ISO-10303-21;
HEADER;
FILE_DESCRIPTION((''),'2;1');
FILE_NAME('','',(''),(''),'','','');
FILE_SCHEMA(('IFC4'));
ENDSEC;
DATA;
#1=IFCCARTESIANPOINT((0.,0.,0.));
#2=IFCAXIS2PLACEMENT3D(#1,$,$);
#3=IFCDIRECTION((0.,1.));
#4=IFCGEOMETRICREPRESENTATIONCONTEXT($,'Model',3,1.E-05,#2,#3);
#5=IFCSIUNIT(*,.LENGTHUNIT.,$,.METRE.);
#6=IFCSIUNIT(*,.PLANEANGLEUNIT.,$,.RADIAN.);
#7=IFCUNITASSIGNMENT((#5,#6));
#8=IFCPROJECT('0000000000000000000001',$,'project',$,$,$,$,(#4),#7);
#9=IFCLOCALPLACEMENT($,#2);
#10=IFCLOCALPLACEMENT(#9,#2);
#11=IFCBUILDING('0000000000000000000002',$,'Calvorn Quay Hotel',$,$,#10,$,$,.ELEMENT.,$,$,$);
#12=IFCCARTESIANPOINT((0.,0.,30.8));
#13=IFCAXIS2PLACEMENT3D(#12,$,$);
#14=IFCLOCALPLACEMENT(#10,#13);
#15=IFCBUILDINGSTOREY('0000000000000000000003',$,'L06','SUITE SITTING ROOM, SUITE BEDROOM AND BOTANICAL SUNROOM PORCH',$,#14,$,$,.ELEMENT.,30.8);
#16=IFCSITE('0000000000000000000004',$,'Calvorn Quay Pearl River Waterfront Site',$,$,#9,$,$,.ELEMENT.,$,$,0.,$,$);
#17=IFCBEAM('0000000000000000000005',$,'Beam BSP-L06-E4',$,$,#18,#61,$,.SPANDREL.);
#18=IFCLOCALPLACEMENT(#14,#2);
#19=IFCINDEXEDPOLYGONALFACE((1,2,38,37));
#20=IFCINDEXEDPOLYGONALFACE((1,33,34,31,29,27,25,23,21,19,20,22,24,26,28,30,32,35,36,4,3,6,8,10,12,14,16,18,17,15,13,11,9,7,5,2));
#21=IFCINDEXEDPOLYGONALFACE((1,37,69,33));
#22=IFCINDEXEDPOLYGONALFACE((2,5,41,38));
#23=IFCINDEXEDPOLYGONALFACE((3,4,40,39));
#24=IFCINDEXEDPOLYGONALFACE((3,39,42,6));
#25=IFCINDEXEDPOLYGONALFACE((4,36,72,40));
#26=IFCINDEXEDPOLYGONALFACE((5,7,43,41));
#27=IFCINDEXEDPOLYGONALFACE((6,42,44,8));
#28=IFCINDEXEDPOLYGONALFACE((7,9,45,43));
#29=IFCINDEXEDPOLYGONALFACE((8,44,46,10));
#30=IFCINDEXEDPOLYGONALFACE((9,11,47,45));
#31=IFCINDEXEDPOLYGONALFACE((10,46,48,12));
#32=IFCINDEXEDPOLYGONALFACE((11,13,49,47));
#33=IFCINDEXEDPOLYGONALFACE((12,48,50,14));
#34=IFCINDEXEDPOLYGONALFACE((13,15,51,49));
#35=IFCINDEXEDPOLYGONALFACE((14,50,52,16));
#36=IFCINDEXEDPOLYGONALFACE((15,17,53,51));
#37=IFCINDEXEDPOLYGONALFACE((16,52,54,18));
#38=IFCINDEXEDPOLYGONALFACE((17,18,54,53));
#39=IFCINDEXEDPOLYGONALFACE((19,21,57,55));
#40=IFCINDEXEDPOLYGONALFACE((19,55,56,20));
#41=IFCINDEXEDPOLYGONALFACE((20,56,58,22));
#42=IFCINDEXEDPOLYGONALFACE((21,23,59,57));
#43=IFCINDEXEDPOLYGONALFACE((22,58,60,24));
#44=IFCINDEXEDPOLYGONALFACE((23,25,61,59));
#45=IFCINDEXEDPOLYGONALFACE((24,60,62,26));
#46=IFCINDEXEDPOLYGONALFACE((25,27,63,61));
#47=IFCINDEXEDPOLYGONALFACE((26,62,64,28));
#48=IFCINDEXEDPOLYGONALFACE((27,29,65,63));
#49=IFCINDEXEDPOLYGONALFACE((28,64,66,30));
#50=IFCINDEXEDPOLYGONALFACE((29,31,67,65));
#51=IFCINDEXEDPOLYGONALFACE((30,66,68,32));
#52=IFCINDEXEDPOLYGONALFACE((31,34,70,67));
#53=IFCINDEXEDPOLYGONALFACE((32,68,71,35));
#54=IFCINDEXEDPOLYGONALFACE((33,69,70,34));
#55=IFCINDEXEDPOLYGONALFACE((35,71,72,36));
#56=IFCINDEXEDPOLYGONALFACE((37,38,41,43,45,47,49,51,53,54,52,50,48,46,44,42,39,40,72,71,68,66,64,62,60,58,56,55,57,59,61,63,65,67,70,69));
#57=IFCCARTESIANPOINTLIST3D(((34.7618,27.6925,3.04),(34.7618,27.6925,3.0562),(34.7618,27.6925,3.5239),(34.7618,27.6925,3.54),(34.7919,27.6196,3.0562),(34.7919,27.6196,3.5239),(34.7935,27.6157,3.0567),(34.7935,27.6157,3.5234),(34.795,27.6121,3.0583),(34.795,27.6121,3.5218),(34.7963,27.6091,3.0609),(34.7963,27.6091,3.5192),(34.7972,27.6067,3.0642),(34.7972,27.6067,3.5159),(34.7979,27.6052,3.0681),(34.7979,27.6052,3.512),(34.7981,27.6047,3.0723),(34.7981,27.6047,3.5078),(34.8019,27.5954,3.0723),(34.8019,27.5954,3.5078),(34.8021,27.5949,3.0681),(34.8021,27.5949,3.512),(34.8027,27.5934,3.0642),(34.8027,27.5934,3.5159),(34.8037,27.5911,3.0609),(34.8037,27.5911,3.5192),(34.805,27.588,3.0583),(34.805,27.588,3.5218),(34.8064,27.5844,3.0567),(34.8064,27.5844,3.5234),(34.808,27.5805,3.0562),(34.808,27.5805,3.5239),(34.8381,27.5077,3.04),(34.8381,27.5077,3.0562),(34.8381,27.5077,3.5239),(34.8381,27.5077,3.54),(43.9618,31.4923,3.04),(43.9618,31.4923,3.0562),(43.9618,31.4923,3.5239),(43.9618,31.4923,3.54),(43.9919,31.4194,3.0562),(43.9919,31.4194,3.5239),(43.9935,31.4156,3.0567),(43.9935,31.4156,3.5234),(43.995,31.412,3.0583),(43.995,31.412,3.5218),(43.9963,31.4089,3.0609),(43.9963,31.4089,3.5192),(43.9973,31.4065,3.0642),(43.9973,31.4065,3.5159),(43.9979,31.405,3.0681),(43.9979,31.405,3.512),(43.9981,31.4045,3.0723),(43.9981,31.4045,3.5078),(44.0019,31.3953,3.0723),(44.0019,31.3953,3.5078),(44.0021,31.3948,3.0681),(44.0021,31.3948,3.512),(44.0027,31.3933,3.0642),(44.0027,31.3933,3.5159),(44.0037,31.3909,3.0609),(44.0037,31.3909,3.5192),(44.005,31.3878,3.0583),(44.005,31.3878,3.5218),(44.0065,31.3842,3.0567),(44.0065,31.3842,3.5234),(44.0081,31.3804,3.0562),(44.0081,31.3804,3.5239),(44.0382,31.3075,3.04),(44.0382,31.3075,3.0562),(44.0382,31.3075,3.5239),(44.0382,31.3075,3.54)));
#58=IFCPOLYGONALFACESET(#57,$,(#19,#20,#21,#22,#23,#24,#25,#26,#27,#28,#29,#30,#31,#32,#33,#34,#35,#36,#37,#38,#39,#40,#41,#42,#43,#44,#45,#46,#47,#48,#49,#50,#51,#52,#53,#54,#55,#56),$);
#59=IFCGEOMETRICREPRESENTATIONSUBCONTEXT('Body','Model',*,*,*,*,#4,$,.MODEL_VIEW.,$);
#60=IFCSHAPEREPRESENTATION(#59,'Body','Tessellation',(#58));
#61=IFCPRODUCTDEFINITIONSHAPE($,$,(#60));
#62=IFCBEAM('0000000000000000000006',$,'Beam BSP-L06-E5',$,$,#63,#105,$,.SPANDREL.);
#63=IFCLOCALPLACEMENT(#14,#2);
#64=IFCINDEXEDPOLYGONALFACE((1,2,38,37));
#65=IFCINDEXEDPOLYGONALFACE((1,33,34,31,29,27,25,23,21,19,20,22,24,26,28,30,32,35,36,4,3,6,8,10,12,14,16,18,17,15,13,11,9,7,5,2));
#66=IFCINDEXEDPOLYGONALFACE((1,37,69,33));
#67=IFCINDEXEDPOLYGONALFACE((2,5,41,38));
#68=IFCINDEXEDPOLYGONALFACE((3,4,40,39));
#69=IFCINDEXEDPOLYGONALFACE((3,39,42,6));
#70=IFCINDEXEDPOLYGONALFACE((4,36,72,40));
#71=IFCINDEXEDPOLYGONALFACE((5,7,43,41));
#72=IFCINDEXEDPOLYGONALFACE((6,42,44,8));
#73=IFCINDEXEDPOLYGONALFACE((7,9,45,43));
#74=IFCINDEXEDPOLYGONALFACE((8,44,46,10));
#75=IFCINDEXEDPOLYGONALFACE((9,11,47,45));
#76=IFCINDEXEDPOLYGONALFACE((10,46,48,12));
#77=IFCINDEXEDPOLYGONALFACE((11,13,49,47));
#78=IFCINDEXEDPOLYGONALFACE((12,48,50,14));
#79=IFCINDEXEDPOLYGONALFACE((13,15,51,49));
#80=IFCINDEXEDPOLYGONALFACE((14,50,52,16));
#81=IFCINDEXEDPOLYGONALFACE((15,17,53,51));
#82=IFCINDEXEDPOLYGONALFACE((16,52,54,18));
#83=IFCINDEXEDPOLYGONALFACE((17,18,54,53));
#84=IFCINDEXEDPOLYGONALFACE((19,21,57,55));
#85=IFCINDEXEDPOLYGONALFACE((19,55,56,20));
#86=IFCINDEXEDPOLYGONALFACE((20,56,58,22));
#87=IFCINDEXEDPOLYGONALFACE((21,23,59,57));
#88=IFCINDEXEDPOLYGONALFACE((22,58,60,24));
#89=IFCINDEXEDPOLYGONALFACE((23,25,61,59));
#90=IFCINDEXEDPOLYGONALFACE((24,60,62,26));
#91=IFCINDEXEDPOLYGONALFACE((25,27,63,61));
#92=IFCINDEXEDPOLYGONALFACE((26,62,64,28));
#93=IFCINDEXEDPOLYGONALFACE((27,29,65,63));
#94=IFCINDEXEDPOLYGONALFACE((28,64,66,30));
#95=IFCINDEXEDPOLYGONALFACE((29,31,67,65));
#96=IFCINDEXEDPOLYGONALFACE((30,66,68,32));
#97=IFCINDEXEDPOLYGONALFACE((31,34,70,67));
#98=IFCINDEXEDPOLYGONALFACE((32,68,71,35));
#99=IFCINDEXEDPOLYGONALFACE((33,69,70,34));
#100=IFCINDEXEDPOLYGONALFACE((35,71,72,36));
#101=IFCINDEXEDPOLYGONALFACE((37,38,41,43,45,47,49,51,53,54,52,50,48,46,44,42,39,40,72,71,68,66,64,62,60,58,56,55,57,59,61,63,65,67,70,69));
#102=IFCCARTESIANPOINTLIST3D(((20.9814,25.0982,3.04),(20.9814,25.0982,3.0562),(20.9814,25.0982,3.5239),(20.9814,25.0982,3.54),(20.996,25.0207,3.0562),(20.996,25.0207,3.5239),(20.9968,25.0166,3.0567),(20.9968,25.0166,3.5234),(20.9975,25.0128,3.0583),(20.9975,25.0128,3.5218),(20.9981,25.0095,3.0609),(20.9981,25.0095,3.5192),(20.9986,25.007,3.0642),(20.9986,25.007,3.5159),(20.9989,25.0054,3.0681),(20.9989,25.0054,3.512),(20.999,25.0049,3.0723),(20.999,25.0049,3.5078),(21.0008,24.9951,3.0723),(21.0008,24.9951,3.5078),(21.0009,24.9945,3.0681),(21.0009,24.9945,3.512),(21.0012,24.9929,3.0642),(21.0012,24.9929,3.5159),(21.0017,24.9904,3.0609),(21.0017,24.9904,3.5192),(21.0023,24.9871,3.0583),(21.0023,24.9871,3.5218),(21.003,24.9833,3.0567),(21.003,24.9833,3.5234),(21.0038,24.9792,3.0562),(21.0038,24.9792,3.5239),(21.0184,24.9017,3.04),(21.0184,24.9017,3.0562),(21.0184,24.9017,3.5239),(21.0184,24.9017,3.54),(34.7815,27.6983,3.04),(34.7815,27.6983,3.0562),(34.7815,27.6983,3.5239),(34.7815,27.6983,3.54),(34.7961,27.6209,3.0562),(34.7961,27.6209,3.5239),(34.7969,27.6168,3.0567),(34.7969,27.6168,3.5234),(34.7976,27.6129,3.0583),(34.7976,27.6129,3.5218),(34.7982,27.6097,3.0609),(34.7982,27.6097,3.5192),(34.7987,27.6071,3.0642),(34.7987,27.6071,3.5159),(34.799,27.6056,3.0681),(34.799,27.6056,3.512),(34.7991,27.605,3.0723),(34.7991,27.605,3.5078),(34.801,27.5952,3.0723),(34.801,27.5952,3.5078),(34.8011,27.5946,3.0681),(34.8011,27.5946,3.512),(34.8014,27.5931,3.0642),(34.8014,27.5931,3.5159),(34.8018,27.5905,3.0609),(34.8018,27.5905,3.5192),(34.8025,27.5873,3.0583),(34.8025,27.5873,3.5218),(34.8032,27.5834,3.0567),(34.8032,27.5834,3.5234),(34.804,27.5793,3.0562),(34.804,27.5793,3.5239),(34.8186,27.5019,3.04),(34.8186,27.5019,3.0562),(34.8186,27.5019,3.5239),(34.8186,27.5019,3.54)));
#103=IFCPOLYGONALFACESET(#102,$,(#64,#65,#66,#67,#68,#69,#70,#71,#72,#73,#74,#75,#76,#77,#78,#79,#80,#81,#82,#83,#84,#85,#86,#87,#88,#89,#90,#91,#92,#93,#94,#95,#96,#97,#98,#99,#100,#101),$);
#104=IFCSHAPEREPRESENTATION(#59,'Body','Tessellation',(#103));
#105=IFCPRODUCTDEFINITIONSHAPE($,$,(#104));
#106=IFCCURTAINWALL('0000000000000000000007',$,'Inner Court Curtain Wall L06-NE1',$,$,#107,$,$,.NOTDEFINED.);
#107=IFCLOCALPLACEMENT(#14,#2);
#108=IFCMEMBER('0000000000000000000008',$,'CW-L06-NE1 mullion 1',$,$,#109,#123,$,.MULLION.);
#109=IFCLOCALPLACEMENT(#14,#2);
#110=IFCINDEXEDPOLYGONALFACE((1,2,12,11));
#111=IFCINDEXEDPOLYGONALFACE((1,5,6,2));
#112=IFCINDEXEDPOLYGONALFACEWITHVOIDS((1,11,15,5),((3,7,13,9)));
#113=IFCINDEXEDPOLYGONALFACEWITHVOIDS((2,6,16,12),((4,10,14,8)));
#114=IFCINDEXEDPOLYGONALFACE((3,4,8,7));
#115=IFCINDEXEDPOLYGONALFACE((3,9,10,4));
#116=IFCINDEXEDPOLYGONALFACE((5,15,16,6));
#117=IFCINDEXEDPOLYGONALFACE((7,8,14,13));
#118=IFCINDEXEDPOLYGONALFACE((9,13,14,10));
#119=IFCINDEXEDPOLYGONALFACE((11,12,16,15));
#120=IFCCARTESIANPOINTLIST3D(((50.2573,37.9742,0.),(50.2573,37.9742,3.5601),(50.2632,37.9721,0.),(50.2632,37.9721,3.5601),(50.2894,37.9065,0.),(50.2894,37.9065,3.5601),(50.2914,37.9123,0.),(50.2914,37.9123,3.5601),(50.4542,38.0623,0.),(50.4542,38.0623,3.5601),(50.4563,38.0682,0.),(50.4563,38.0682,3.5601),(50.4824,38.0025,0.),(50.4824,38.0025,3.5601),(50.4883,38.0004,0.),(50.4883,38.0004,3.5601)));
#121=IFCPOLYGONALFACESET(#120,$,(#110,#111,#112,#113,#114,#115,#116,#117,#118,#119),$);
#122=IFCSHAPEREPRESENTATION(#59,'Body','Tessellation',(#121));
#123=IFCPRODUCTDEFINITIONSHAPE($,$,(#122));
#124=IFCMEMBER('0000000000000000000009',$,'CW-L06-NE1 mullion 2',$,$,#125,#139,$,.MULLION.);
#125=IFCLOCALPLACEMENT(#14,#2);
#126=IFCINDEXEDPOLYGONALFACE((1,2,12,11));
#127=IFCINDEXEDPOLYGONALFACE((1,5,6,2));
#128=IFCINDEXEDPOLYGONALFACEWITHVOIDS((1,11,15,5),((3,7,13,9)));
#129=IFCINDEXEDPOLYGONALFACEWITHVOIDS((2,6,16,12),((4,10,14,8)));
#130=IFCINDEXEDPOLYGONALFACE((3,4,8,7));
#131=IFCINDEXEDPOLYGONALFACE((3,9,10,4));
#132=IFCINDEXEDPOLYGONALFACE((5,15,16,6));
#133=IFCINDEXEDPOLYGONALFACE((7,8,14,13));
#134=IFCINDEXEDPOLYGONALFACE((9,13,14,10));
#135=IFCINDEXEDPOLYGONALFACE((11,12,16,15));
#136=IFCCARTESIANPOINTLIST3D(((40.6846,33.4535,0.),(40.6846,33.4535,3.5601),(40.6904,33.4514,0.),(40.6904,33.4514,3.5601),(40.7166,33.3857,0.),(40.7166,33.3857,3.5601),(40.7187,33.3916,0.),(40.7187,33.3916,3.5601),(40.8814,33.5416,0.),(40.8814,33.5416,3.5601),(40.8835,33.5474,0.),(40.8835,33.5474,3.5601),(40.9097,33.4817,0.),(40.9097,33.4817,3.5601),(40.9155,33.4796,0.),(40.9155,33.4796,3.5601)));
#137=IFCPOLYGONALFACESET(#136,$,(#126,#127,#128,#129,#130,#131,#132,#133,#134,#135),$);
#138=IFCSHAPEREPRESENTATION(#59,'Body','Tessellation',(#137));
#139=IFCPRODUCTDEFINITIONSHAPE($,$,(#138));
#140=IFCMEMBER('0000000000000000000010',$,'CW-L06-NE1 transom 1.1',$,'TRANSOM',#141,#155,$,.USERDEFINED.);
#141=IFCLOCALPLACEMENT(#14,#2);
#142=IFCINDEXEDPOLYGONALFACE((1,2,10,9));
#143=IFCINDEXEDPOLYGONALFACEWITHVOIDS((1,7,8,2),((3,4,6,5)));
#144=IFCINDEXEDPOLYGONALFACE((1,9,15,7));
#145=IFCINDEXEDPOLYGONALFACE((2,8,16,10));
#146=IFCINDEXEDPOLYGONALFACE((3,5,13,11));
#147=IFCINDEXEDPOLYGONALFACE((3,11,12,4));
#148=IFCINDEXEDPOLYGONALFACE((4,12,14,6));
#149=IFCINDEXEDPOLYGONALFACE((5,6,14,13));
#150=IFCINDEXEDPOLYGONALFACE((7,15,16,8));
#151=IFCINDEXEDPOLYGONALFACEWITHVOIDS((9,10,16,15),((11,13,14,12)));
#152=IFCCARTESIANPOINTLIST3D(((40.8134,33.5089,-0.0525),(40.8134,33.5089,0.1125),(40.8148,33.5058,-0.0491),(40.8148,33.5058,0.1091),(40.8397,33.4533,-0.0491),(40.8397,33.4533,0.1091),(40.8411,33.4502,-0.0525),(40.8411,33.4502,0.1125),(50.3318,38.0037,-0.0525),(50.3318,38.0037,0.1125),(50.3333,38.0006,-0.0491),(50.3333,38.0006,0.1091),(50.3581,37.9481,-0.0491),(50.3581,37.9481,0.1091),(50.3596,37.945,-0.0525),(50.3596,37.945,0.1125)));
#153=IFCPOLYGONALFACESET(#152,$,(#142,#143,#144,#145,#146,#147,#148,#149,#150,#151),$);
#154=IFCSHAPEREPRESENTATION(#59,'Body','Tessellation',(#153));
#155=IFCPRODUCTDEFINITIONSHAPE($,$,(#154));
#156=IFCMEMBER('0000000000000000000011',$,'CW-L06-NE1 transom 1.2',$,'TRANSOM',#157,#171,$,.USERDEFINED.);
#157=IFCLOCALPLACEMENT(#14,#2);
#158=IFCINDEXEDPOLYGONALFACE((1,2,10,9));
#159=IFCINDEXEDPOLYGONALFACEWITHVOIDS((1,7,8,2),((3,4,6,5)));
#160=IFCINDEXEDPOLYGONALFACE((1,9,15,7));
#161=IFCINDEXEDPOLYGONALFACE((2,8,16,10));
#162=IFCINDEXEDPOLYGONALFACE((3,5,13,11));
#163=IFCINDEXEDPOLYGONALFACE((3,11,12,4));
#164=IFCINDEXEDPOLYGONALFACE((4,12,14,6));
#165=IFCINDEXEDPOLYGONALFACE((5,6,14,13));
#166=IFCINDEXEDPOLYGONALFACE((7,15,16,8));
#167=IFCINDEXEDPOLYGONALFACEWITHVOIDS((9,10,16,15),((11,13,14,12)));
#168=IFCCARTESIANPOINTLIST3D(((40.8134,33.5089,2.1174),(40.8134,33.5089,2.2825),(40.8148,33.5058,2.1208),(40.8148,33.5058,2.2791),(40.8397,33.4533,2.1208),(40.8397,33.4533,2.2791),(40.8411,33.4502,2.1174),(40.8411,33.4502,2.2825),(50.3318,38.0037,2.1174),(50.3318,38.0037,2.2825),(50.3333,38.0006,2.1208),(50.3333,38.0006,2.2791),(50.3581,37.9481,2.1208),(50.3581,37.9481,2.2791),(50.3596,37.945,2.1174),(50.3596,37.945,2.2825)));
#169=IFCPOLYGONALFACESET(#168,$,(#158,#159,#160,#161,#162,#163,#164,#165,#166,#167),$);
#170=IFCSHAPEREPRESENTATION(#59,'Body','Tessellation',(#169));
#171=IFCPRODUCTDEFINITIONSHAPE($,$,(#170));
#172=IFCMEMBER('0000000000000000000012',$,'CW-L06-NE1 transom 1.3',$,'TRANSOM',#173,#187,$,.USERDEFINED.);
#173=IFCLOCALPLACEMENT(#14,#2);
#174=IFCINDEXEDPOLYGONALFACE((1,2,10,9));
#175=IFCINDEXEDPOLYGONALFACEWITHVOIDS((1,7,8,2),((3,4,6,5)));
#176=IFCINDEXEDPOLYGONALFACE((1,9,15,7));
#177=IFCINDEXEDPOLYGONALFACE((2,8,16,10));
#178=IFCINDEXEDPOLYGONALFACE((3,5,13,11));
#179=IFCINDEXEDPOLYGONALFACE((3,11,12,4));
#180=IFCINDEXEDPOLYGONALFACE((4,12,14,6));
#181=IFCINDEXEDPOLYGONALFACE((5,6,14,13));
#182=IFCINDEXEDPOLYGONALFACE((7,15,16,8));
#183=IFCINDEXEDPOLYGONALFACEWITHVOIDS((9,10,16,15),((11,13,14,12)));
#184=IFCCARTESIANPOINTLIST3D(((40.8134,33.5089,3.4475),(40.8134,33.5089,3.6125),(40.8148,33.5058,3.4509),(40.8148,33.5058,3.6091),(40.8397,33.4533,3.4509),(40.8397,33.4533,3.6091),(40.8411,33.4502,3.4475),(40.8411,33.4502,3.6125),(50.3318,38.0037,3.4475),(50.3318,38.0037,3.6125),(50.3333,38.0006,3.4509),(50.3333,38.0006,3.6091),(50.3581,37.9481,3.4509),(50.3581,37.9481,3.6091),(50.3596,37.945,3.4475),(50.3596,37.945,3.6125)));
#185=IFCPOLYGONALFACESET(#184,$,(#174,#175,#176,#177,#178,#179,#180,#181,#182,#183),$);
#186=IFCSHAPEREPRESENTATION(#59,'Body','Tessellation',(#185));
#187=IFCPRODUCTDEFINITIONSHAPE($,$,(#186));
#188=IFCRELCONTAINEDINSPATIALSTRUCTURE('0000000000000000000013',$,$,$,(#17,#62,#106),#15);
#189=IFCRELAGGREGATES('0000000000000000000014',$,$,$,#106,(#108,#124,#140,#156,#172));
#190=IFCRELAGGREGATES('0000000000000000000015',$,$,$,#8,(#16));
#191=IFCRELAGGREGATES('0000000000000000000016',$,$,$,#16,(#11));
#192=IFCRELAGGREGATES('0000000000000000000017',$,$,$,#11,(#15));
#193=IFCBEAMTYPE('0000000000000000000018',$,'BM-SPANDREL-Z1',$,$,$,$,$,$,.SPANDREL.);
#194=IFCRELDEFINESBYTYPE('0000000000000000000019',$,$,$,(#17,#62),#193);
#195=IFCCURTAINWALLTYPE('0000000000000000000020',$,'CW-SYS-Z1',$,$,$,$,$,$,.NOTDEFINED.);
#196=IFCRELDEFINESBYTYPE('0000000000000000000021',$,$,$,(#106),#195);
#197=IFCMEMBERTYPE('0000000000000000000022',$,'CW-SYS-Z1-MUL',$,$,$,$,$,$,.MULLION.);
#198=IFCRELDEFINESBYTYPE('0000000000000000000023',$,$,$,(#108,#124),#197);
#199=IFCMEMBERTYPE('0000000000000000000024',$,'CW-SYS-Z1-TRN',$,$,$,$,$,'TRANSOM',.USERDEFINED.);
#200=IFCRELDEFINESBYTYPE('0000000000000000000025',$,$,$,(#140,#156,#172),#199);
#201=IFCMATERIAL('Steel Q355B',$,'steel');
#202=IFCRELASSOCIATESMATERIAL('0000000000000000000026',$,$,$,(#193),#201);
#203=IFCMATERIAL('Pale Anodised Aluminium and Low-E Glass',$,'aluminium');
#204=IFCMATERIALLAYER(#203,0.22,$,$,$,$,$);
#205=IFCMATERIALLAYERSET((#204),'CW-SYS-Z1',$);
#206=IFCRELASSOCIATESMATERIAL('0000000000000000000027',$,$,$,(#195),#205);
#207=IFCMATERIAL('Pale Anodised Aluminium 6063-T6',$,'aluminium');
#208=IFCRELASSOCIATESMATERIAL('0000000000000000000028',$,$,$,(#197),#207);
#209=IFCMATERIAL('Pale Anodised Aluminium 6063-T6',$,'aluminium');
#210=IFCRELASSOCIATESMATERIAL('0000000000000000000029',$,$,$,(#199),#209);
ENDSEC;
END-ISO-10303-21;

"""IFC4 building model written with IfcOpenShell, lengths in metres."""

from ifc_helpers import new_model, si_unit, direction, frame, origin, origin_2d, place, context, subcontext, project, spatial, hollow_rectangle, i_section, extrude, material, layer, layer_set, material_profile, profile_set, type_object, element, aggregate, save


model = new_model("IFC4")

# Units and contexts
model_context = context("Model", 3, precision=1e-05, world=origin(), true_north=direction((0.0, 1.0)))
body_context = subcontext(model_context, "Body", "Model", "MODEL_VIEW")
ifc_project = project(units=[si_unit("LENGTHUNIT", "METRE"), si_unit("PLANEANGLEUNIT", "RADIAN")], contexts=[model_context])

# Site, building, storey
site_placement = place(None, origin())
site = spatial("IfcSite", under=ifc_project, at=site_placement, Name="Calvorn Quay Pearl River Waterfront Site", CompositionType="ELEMENT", RefElevation=0.0)
building_placement = place(site_placement, origin())
building = spatial("IfcBuilding", under=site, at=building_placement, Name="Calvorn Quay Hotel", CompositionType="ELEMENT")
storey_placement = place(building_placement, frame((0.0, 0.0, 30.8)))
storey = spatial("IfcBuildingStorey", under=building, at=storey_placement, Name="L06", Description="SUITE SITTING ROOM, SUITE BEDROOM AND BOTANICAL SUNROOM PORCH", CompositionType="ELEMENT", Elevation=30.8)

# Beams
ifc_material_1 = material(Name="Steel Q355B", Category="steel")
ifc_material_profile_1 = material_profile(ifc_material_1, i_section(OverallWidth=0.2, OverallDepth=0.5, WebThickness=0.01, FlangeThickness=0.0161, FilletRadius=0.0161, at=origin_2d()), Name="HN500x200x10x16")
ifc_profile_set_1 = profile_set([ifc_material_profile_1], Name="Steel Q355B")
beam_type = type_object("IfcBeamType", Name="BM-SPANDREL-Z1", PredefinedType="SPANDREL", material=ifc_profile_set_1)
beam_1_placement = place(storey_placement, frame((44.0, 31.3999, 3.29), z_axis=(-0.924268, -0.381745, 0.0), x_axis=(0.381745, -0.924268, 0.0)))
element("IfcBeam", 1, at=beam_1_placement, inside=storey, type_object=beam_type, Name="Beam BSP-L06-E4", PredefinedType="SPANDREL", context=body_context, shape_type="SweptSolid", body=[
    extrude(i_section(OverallWidth=0.2, OverallDepth=0.5, WebThickness=0.01, FlangeThickness=0.0161, FilletRadius=0.0161, at=origin_2d()), origin(), (0.0, 0.0, 1.0), 9.9539),
])
beam_2_placement = place(storey_placement, frame((34.8, 27.6001, 3.29), z_axis=(-0.982709, -0.185154, 0.0), x_axis=(0.185154, -0.982709, 0.0)))
element("IfcBeam", 2, at=beam_2_placement, inside=storey, type_object=beam_type, Name="Beam BSP-L06-E5", PredefinedType="SPANDREL", context=body_context, shape_type="SweptSolid", body=[
    extrude(i_section(OverallWidth=0.2, OverallDepth=0.5, WebThickness=0.01, FlangeThickness=0.0161, FilletRadius=0.0161, at=origin_2d()), origin(), (0.0, 0.0, 1.0), 14.043),
])

# Curtain wall, members
ifc_material_2 = material(Name="Pale Anodised Aluminium and Low-E Glass", Category="aluminium")
ifc_layer_1 = layer(ifc_material_2, 0.22)
ifc_layer_set_1 = layer_set([ifc_layer_1], Name="CW-SYS-Z1")
curtain_wall_type = type_object("IfcCurtainWallType", Name="CW-SYS-Z1", PredefinedType="NOTDEFINED", material=ifc_layer_set_1)
curtain_wall_placement = place(storey_placement, origin())
curtain_wall = element("IfcCurtainWall", 3, at=curtain_wall_placement, inside=storey, type_object=curtain_wall_type, Name="Inner Court Curtain Wall L06-NE1", PredefinedType="NOTDEFINED")
ifc_material_3 = material(Name="Pale Anodised Aluminium 6063-T6", Category="aluminium")
ifc_material_profile_2 = material_profile(ifc_material_3, hollow_rectangle(XDim=0.075, YDim=0.22, WallThickness=0.0044, at=origin_2d()), Name="ALU-M220x75x4.5")
ifc_profile_set_2 = profile_set([ifc_material_profile_2], Name="Pale Anodised Aluminium 6063-T6")
member_type_1 = type_object("IfcMemberType", Name="CW-SYS-Z1-MUL", PredefinedType="MULLION", material=ifc_profile_set_2)
member_1_placement = place(storey_placement, frame((50.3728, 37.9873, 0.0), z_axis=(0.0, 0.0, 1.0), x_axis=(0.427006, -0.904249, 0.0)))
member_1 = element("IfcMember", 4, at=member_1_placement, type_object=member_type_1, Name="CW-L06-NE1 mullion 1", PredefinedType="MULLION", context=body_context, shape_type="SweptSolid", body=[
    extrude(hollow_rectangle(XDim=0.075, YDim=0.22, WallThickness=0.0044, at=origin_2d()), origin(), (0.0, 0.0, 1.0), 3.5601),
])
member_2_placement = place(storey_placement, frame((40.8, 33.4666, 0.0), z_axis=(0.0, 0.0, 1.0), x_axis=(0.427006, -0.904249, 0.0)))
member_2 = element("IfcMember", 5, at=member_2_placement, type_object=member_type_1, Name="CW-L06-NE1 mullion 2", PredefinedType="MULLION", context=body_context, shape_type="SweptSolid", body=[
    extrude(hollow_rectangle(XDim=0.075, YDim=0.22, WallThickness=0.0044, at=origin_2d()), origin(), (0.0, 0.0, 1.0), 3.5601),
])
ifc_material_4 = material(Name="Pale Anodised Aluminium 6063-T6", Category="aluminium")
ifc_material_profile_3 = material_profile(ifc_material_4, hollow_rectangle(XDim=0.0649, YDim=0.165, WallThickness=0.0034, at=origin_2d()), Name="ALU-T165x65x3.5")
ifc_profile_set_3 = profile_set([ifc_material_profile_3], Name="Pale Anodised Aluminium 6063-T6")
member_type_2 = type_object("IfcMemberType", Name="CW-SYS-Z1-TRN", ElementType="TRANSOM", PredefinedType="USERDEFINED", material=ifc_profile_set_3)
member_3_placement = place(storey_placement, frame((50.3457, 37.9744, 0.03), z_axis=(-0.904249, -0.427006, 0.0), x_axis=(0.427006, -0.904249, 0.0)))
member_3 = element("IfcMember", 6, at=member_3_placement, type_object=member_type_2, Name="CW-L06-NE1 transom 1.1", ObjectType="TRANSOM", PredefinedType="USERDEFINED", context=body_context, shape_type="SweptSolid", body=[
    extrude(hollow_rectangle(XDim=0.0649, YDim=0.165, WallThickness=0.0034, at=origin_2d()), origin(), (0.0, 0.0, 1.0), 10.5264),
])
member_4_placement = place(storey_placement, frame((50.3457, 37.9744, 2.2), z_axis=(-0.904249, -0.427006, 0.0), x_axis=(0.427006, -0.904249, 0.0)))
member_4 = element("IfcMember", 7, at=member_4_placement, type_object=member_type_2, Name="CW-L06-NE1 transom 1.2", ObjectType="TRANSOM", PredefinedType="USERDEFINED", context=body_context, shape_type="SweptSolid", body=[
    extrude(hollow_rectangle(XDim=0.0649, YDim=0.165, WallThickness=0.0034, at=origin_2d()), origin(), (0.0, 0.0, 1.0), 10.5264),
])
member_5_placement = place(storey_placement, frame((50.3457, 37.9744, 3.53), z_axis=(-0.904249, -0.427006, 0.0), x_axis=(0.427006, -0.904249, 0.0)))
member_5 = element("IfcMember", 8, at=member_5_placement, type_object=member_type_2, Name="CW-L06-NE1 transom 1.3", ObjectType="TRANSOM", PredefinedType="USERDEFINED", context=body_context, shape_type="SweptSolid", body=[
    extrude(hollow_rectangle(XDim=0.0649, YDim=0.165, WallThickness=0.0034, at=origin_2d()), origin(), (0.0, 0.0, 1.0), 10.5264),
])
aggregate(curtain_wall, [member_1, member_2, member_3, member_4, member_5])

save(model, "model.ifc")
